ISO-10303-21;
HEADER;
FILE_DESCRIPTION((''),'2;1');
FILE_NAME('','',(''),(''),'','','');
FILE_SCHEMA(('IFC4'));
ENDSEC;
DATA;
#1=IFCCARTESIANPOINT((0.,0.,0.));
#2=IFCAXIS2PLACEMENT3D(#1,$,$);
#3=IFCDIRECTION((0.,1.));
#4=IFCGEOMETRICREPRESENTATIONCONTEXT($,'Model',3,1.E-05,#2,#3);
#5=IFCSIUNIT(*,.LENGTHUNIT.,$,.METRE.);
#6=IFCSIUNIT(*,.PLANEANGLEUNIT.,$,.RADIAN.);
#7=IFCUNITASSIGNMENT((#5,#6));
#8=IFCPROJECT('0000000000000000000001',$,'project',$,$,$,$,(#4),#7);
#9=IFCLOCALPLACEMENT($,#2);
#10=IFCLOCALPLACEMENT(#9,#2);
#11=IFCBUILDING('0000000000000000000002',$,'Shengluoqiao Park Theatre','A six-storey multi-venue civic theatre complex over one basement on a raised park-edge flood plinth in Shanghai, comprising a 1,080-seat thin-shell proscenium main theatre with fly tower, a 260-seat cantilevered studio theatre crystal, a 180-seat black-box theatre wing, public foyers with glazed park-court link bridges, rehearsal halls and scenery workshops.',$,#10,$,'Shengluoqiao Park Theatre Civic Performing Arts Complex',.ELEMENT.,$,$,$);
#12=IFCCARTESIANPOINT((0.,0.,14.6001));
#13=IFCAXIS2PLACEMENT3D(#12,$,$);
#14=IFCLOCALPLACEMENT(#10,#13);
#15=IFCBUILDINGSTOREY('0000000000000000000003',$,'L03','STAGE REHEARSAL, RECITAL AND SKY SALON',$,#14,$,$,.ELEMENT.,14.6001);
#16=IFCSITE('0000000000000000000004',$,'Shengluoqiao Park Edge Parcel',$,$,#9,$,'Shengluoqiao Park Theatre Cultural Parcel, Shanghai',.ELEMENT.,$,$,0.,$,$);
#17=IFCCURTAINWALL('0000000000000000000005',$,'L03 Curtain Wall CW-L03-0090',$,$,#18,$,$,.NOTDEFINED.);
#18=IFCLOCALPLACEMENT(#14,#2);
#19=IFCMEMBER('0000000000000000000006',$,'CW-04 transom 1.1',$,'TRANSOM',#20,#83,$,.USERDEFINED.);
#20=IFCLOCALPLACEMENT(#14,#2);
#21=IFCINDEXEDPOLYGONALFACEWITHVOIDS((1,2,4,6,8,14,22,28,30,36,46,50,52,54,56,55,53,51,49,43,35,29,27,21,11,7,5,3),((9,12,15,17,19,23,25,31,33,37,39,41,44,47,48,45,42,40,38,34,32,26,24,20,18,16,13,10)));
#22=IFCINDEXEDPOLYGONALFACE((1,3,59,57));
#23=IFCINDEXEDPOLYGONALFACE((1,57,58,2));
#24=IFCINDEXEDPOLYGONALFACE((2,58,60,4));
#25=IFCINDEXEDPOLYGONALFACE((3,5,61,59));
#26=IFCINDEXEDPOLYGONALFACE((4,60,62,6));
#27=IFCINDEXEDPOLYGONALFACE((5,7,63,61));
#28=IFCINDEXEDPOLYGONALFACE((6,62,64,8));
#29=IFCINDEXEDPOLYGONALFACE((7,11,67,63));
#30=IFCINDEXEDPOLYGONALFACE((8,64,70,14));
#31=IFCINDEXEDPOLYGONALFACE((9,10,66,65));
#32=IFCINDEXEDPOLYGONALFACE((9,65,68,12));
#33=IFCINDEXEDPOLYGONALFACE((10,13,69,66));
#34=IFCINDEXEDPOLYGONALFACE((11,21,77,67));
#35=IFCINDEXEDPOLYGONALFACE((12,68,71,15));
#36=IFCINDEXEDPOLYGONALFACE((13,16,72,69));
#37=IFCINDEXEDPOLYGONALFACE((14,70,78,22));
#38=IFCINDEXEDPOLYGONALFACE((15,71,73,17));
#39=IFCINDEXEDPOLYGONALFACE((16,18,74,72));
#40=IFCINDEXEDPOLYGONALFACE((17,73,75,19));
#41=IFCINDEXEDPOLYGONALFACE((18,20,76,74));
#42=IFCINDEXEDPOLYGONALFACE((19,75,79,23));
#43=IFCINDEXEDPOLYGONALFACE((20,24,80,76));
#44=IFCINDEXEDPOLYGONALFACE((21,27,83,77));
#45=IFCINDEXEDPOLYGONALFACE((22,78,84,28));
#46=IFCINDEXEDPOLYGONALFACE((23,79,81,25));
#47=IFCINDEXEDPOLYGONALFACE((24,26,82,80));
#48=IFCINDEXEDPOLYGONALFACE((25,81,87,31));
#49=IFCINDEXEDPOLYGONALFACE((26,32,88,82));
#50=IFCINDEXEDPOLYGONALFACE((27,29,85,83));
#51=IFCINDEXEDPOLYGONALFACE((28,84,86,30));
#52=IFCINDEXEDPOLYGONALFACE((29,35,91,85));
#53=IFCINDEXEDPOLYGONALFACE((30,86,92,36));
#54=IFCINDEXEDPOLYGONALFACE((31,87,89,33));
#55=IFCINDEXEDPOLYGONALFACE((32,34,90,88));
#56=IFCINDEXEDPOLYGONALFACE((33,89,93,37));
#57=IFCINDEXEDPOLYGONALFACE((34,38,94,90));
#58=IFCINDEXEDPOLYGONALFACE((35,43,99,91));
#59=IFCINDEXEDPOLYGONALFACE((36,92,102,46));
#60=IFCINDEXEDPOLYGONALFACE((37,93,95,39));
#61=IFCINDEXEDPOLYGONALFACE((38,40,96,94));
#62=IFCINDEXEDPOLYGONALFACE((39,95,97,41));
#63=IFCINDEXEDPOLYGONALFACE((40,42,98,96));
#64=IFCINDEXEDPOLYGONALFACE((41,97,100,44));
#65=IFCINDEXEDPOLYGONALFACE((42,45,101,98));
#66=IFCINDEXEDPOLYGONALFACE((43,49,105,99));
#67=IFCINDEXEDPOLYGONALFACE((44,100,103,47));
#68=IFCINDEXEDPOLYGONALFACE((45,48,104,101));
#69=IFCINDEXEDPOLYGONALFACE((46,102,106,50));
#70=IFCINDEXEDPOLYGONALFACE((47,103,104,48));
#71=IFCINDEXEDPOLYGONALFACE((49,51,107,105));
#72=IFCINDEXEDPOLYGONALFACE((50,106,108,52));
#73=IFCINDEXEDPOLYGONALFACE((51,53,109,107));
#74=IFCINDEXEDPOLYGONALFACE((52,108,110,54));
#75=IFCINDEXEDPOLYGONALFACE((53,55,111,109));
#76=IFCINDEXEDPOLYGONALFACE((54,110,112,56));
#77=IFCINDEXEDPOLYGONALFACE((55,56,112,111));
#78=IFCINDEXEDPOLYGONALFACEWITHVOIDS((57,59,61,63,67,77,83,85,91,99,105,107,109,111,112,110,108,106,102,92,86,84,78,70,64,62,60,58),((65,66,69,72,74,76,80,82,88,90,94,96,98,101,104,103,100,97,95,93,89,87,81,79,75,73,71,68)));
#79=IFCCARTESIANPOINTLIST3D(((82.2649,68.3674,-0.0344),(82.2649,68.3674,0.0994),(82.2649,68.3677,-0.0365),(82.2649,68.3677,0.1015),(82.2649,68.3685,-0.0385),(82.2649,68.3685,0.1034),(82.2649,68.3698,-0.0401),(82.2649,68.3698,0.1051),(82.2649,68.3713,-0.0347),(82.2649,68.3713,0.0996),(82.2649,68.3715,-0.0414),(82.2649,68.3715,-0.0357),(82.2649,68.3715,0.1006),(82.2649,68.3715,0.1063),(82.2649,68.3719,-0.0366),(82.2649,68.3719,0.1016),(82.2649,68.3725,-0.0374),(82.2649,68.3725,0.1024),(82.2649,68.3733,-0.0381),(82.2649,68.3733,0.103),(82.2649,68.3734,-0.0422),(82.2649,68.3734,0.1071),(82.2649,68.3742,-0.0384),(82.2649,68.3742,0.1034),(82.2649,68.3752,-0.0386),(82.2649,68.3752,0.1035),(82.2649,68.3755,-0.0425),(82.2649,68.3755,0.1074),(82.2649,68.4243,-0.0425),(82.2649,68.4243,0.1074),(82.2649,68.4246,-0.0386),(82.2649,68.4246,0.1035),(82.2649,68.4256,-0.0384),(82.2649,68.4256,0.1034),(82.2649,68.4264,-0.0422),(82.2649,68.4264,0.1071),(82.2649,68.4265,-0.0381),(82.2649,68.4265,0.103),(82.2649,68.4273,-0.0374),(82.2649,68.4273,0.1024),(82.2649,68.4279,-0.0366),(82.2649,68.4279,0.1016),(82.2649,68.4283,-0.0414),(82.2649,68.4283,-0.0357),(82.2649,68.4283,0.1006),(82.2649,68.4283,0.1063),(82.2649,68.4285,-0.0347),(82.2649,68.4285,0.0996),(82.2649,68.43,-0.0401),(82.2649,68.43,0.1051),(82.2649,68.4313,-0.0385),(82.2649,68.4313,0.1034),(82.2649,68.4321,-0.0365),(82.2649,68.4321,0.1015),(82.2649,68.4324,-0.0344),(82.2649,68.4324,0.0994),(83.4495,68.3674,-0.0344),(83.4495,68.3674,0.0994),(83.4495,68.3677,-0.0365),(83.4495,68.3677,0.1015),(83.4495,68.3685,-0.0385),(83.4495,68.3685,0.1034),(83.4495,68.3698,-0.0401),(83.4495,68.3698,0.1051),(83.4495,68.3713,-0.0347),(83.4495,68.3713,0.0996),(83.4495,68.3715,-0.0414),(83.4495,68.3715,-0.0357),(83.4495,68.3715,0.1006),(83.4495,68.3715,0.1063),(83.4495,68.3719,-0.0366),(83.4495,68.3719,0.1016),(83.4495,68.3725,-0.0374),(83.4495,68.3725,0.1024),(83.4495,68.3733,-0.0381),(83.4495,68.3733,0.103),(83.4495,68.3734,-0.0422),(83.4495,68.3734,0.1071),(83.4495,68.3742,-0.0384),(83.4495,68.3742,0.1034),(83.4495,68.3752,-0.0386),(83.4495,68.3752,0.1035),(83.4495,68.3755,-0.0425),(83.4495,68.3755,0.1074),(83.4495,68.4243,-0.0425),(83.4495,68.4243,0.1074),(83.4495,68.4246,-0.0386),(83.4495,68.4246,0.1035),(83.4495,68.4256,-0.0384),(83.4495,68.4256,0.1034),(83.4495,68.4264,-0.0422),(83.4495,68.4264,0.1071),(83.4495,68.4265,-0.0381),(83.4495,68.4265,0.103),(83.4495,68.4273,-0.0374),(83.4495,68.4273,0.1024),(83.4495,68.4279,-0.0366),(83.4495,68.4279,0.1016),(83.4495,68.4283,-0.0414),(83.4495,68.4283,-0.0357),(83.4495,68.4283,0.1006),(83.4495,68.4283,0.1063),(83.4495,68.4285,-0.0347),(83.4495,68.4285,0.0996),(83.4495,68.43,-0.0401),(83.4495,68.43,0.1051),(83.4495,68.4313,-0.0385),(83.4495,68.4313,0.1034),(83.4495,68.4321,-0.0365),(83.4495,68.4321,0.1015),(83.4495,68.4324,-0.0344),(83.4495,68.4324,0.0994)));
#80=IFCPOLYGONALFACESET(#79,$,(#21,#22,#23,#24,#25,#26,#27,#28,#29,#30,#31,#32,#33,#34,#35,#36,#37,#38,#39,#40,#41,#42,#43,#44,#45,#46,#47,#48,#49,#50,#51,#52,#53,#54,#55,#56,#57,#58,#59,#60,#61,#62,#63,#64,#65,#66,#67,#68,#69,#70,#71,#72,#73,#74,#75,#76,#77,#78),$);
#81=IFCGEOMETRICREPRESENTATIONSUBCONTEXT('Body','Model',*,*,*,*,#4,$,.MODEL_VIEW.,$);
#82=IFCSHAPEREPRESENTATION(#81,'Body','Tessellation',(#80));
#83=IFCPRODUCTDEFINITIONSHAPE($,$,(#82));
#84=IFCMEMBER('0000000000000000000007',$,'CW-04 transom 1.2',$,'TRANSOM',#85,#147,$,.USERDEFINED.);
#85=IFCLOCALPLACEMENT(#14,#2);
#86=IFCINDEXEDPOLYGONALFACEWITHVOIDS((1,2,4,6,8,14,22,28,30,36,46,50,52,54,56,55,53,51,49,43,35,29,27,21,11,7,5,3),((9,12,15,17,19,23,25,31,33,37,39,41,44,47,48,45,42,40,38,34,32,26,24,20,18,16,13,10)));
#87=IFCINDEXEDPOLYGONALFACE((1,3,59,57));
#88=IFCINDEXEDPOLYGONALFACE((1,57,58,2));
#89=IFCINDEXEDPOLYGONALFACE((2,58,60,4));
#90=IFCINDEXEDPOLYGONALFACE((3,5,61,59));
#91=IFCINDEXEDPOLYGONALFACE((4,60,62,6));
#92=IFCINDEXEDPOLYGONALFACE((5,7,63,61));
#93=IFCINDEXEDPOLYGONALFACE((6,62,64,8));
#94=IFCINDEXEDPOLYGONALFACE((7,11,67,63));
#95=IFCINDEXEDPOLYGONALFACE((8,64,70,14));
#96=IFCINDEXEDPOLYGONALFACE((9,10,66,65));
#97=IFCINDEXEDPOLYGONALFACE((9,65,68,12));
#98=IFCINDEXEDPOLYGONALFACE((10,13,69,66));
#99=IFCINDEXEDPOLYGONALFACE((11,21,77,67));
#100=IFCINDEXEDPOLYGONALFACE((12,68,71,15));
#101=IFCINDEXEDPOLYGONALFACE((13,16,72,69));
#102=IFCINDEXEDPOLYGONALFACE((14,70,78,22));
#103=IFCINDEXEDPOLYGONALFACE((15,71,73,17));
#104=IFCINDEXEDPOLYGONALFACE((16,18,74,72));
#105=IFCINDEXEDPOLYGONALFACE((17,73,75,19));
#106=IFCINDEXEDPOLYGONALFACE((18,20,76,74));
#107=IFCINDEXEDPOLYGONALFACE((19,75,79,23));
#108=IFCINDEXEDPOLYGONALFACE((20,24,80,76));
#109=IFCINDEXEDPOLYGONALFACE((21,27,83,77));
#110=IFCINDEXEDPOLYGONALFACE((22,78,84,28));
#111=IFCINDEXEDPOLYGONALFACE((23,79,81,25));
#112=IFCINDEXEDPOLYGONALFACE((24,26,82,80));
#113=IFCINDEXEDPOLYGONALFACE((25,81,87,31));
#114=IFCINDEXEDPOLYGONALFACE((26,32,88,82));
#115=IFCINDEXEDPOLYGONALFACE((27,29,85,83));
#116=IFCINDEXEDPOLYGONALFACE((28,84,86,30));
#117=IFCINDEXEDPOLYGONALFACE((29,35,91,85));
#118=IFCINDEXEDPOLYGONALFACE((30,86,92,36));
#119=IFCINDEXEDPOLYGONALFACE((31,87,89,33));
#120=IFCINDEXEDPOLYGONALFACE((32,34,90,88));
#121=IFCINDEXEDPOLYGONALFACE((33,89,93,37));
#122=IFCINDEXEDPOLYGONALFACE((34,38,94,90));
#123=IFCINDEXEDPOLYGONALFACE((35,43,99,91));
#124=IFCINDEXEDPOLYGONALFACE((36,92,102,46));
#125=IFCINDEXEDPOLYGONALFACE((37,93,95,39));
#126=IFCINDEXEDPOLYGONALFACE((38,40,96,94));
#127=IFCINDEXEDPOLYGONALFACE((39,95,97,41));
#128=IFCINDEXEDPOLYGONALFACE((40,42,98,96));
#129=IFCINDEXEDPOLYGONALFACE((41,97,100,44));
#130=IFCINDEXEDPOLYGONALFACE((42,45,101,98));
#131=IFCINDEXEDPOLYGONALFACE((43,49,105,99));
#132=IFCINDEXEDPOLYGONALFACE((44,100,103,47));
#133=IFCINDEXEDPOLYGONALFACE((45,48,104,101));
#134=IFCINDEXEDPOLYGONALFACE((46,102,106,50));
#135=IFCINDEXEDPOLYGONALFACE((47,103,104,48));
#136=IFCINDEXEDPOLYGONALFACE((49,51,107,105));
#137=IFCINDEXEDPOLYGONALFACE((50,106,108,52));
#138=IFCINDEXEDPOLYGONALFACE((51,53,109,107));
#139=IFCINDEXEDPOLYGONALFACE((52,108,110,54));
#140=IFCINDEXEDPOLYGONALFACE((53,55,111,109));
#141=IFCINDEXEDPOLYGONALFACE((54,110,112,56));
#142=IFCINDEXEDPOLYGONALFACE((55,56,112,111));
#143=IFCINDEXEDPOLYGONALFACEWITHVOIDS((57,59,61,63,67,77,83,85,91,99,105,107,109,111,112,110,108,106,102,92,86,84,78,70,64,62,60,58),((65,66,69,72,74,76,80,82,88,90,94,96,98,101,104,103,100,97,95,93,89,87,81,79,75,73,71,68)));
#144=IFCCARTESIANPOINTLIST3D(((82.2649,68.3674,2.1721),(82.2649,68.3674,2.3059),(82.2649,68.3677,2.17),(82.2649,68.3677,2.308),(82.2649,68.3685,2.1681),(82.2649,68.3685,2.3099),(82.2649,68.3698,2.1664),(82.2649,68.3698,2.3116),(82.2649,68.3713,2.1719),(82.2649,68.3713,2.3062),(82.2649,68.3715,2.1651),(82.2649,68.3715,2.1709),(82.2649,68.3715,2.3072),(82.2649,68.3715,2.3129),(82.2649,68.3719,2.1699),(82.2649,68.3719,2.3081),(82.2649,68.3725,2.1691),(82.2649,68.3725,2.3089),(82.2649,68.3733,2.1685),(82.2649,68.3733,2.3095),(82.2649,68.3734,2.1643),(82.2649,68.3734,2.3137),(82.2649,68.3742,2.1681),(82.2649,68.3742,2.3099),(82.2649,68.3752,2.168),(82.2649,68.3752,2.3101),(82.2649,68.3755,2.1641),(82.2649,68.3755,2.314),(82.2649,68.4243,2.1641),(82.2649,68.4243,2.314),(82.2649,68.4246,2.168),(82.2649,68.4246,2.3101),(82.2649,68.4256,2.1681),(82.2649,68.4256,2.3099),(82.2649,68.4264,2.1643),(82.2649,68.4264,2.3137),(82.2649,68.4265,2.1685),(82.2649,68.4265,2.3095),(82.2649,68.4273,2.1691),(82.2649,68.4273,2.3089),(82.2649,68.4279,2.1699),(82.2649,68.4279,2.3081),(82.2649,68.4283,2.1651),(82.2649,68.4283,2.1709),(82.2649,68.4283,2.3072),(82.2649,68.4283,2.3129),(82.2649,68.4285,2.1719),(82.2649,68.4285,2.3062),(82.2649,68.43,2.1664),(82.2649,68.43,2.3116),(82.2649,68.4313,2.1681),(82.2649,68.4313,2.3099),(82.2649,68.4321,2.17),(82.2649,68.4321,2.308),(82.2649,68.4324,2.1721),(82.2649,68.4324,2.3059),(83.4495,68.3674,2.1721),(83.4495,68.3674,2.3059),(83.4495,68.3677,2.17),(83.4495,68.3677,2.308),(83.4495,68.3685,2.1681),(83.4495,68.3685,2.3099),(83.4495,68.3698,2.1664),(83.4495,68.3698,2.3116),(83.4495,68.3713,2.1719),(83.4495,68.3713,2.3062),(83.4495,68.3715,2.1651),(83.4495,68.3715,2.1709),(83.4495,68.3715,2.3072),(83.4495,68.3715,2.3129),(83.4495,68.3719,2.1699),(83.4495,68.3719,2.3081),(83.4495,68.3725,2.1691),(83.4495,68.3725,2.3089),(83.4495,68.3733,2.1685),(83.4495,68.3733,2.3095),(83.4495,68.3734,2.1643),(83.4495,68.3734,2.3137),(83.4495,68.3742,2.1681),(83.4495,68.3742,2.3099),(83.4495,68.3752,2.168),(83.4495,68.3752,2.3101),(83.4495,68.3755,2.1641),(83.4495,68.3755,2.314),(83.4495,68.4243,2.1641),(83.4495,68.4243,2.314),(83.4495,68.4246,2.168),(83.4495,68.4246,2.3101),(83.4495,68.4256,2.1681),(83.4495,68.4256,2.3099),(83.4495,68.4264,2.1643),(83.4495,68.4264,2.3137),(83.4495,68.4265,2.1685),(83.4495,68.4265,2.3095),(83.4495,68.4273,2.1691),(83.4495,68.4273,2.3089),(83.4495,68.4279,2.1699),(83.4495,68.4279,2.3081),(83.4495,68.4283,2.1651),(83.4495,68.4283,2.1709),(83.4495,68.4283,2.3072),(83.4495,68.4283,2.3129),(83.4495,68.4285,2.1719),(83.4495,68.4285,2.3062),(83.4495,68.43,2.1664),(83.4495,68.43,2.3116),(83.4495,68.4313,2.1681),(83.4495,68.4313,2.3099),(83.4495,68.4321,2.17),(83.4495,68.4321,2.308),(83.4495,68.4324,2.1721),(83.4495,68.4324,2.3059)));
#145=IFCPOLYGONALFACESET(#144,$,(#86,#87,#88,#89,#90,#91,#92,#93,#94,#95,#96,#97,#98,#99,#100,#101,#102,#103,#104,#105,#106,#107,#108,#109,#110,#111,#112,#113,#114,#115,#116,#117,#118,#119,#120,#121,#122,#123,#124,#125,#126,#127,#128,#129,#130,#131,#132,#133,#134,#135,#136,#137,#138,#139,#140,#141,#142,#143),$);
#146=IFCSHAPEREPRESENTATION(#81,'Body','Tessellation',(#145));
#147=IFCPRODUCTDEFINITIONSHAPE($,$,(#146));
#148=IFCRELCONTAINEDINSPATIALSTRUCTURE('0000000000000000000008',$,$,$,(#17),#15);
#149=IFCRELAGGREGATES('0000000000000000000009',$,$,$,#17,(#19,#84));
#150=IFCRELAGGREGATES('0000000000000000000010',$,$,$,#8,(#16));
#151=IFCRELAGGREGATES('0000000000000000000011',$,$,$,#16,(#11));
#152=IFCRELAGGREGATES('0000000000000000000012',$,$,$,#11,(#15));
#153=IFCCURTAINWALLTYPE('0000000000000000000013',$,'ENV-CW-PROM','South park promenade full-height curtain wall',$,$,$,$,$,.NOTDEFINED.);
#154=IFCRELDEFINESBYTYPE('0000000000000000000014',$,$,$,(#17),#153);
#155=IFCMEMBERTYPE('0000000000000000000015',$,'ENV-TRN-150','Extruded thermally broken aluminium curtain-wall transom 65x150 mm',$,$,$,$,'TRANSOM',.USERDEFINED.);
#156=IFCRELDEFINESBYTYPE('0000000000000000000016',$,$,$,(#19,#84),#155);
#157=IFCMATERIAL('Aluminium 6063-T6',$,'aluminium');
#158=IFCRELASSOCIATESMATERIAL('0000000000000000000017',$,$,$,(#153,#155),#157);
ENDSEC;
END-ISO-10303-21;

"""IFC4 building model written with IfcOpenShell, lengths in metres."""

from ifc_helpers import new_model, si_unit, direction, frame, origin, origin_2d, place, context, subcontext, project, spatial, hollow_rectangle, extrude, material, material_profile, profile_set, type_object, element, aggregate, save


model = new_model("IFC4")

# Units and contexts
model_context = context("Model", 3, precision=1e-05, world=origin(), true_north=direction((0.0, 1.0)))
body_context = subcontext(model_context, "Body", "Model", "MODEL_VIEW")
ifc_project = project(units=[si_unit("LENGTHUNIT", "METRE"), si_unit("PLANEANGLEUNIT", "RADIAN")], contexts=[model_context])

# Site, building, storey
site_placement = place(None, origin())
site = spatial("IfcSite", under=ifc_project, at=site_placement, Name="Shengluoqiao Park Edge Parcel", LongName="Shengluoqiao Park Theatre Cultural Parcel, Shanghai", CompositionType="ELEMENT", RefElevation=0.0)
building_placement = place(site_placement, origin())
building = spatial("IfcBuilding", under=site, at=building_placement, Name="Shengluoqiao Park Theatre", Description="A six-storey multi-venue civic theatre complex over one basement on a raised park-edge flood plinth in Shanghai, comprising a 1,080-seat thin-shell proscenium main theatre with fly tower, a 260-seat cantilevered studio theatre crystal, a 180-seat black-box theatre wing, public foyers with glazed park-court link bridges, rehearsal halls and scenery workshops.", LongName="Shengluoqiao Park Theatre Civic Performing Arts Complex", CompositionType="ELEMENT")
storey_placement = place(building_placement, frame((0.0, 0.0, 14.6001)))
storey = spatial("IfcBuildingStorey", under=building, at=storey_placement, Name="L03", Description="STAGE REHEARSAL, RECITAL AND SKY SALON", CompositionType="ELEMENT", Elevation=14.6001)

# Shared definitions
ifc_material_1 = material(Name="Aluminium 6063-T6", Category="aluminium")
curtain_wall_type = type_object("IfcCurtainWallType", Name="ENV-CW-PROM", Description="South park promenade full-height curtain wall", PredefinedType="NOTDEFINED", material=ifc_material_1)

# Curtain wall
curtain_wall_1_placement = place(storey_placement, origin())
curtain_wall_1 = element("IfcCurtainWall", 1, at=curtain_wall_1_placement, inside=storey, type_object=curtain_wall_type, Name="L03 Curtain Wall CW-L03-0090", PredefinedType="NOTDEFINED")

# Members
ifc_material_profile_1 = material_profile(ifc_material_1, hollow_rectangle(XDim=0.0649, YDim=0.1499, WallThickness=0.0039, InnerFilletRadius=0.0039, OuterFilletRadius=0.0081, at=origin_2d()), Name="ALU TRANSOM 150x65x4")
ifc_profile_set_1 = profile_set([ifc_material_profile_1], Name="Aluminium 6063-T6")
member_type_1 = type_object("IfcMemberType", Name="ENV-TRN-150", Description="Extruded thermally broken aluminium curtain-wall transom 65x150 mm", ElementType="TRANSOM", PredefinedType="USERDEFINED", material=ifc_profile_set_1)
member_1_placement = place(storey_placement, frame((82.2649, 68.3999, 0.0325), z_axis=(1.0, 0.0, 0.0), x_axis=(0.0, 1.0, 0.0)))
member_1 = element("IfcMember", 2, at=member_1_placement, type_object=member_type_1, Name="CW-04 transom 1.1", ObjectType="TRANSOM", PredefinedType="USERDEFINED", context=body_context, shape_type="SweptSolid", body=[
    extrude(hollow_rectangle(XDim=0.0649, YDim=0.1499, WallThickness=0.0039, InnerFilletRadius=0.0039, OuterFilletRadius=0.0081, at=origin_2d()), origin(), (0.0, 0.0, 1.0), 1.1846),
])
member_2_placement = place(storey_placement, frame((82.2649, 68.3999, 2.239), z_axis=(1.0, 0.0, 0.0), x_axis=(0.0, 1.0, 0.0)))
member_2 = element("IfcMember", 3, at=member_2_placement, type_object=member_type_1, Name="CW-04 transom 1.2", ObjectType="TRANSOM", PredefinedType="USERDEFINED", context=body_context, shape_type="SweptSolid", body=[
    extrude(hollow_rectangle(XDim=0.0649, YDim=0.1499, WallThickness=0.0039, InnerFilletRadius=0.0039, OuterFilletRadius=0.0081, at=origin_2d()), origin(), (0.0, 0.0, 1.0), 1.1846),
])

aggregate(curtain_wall_1, [member_1, member_2])

save(model, "model.ifc")
